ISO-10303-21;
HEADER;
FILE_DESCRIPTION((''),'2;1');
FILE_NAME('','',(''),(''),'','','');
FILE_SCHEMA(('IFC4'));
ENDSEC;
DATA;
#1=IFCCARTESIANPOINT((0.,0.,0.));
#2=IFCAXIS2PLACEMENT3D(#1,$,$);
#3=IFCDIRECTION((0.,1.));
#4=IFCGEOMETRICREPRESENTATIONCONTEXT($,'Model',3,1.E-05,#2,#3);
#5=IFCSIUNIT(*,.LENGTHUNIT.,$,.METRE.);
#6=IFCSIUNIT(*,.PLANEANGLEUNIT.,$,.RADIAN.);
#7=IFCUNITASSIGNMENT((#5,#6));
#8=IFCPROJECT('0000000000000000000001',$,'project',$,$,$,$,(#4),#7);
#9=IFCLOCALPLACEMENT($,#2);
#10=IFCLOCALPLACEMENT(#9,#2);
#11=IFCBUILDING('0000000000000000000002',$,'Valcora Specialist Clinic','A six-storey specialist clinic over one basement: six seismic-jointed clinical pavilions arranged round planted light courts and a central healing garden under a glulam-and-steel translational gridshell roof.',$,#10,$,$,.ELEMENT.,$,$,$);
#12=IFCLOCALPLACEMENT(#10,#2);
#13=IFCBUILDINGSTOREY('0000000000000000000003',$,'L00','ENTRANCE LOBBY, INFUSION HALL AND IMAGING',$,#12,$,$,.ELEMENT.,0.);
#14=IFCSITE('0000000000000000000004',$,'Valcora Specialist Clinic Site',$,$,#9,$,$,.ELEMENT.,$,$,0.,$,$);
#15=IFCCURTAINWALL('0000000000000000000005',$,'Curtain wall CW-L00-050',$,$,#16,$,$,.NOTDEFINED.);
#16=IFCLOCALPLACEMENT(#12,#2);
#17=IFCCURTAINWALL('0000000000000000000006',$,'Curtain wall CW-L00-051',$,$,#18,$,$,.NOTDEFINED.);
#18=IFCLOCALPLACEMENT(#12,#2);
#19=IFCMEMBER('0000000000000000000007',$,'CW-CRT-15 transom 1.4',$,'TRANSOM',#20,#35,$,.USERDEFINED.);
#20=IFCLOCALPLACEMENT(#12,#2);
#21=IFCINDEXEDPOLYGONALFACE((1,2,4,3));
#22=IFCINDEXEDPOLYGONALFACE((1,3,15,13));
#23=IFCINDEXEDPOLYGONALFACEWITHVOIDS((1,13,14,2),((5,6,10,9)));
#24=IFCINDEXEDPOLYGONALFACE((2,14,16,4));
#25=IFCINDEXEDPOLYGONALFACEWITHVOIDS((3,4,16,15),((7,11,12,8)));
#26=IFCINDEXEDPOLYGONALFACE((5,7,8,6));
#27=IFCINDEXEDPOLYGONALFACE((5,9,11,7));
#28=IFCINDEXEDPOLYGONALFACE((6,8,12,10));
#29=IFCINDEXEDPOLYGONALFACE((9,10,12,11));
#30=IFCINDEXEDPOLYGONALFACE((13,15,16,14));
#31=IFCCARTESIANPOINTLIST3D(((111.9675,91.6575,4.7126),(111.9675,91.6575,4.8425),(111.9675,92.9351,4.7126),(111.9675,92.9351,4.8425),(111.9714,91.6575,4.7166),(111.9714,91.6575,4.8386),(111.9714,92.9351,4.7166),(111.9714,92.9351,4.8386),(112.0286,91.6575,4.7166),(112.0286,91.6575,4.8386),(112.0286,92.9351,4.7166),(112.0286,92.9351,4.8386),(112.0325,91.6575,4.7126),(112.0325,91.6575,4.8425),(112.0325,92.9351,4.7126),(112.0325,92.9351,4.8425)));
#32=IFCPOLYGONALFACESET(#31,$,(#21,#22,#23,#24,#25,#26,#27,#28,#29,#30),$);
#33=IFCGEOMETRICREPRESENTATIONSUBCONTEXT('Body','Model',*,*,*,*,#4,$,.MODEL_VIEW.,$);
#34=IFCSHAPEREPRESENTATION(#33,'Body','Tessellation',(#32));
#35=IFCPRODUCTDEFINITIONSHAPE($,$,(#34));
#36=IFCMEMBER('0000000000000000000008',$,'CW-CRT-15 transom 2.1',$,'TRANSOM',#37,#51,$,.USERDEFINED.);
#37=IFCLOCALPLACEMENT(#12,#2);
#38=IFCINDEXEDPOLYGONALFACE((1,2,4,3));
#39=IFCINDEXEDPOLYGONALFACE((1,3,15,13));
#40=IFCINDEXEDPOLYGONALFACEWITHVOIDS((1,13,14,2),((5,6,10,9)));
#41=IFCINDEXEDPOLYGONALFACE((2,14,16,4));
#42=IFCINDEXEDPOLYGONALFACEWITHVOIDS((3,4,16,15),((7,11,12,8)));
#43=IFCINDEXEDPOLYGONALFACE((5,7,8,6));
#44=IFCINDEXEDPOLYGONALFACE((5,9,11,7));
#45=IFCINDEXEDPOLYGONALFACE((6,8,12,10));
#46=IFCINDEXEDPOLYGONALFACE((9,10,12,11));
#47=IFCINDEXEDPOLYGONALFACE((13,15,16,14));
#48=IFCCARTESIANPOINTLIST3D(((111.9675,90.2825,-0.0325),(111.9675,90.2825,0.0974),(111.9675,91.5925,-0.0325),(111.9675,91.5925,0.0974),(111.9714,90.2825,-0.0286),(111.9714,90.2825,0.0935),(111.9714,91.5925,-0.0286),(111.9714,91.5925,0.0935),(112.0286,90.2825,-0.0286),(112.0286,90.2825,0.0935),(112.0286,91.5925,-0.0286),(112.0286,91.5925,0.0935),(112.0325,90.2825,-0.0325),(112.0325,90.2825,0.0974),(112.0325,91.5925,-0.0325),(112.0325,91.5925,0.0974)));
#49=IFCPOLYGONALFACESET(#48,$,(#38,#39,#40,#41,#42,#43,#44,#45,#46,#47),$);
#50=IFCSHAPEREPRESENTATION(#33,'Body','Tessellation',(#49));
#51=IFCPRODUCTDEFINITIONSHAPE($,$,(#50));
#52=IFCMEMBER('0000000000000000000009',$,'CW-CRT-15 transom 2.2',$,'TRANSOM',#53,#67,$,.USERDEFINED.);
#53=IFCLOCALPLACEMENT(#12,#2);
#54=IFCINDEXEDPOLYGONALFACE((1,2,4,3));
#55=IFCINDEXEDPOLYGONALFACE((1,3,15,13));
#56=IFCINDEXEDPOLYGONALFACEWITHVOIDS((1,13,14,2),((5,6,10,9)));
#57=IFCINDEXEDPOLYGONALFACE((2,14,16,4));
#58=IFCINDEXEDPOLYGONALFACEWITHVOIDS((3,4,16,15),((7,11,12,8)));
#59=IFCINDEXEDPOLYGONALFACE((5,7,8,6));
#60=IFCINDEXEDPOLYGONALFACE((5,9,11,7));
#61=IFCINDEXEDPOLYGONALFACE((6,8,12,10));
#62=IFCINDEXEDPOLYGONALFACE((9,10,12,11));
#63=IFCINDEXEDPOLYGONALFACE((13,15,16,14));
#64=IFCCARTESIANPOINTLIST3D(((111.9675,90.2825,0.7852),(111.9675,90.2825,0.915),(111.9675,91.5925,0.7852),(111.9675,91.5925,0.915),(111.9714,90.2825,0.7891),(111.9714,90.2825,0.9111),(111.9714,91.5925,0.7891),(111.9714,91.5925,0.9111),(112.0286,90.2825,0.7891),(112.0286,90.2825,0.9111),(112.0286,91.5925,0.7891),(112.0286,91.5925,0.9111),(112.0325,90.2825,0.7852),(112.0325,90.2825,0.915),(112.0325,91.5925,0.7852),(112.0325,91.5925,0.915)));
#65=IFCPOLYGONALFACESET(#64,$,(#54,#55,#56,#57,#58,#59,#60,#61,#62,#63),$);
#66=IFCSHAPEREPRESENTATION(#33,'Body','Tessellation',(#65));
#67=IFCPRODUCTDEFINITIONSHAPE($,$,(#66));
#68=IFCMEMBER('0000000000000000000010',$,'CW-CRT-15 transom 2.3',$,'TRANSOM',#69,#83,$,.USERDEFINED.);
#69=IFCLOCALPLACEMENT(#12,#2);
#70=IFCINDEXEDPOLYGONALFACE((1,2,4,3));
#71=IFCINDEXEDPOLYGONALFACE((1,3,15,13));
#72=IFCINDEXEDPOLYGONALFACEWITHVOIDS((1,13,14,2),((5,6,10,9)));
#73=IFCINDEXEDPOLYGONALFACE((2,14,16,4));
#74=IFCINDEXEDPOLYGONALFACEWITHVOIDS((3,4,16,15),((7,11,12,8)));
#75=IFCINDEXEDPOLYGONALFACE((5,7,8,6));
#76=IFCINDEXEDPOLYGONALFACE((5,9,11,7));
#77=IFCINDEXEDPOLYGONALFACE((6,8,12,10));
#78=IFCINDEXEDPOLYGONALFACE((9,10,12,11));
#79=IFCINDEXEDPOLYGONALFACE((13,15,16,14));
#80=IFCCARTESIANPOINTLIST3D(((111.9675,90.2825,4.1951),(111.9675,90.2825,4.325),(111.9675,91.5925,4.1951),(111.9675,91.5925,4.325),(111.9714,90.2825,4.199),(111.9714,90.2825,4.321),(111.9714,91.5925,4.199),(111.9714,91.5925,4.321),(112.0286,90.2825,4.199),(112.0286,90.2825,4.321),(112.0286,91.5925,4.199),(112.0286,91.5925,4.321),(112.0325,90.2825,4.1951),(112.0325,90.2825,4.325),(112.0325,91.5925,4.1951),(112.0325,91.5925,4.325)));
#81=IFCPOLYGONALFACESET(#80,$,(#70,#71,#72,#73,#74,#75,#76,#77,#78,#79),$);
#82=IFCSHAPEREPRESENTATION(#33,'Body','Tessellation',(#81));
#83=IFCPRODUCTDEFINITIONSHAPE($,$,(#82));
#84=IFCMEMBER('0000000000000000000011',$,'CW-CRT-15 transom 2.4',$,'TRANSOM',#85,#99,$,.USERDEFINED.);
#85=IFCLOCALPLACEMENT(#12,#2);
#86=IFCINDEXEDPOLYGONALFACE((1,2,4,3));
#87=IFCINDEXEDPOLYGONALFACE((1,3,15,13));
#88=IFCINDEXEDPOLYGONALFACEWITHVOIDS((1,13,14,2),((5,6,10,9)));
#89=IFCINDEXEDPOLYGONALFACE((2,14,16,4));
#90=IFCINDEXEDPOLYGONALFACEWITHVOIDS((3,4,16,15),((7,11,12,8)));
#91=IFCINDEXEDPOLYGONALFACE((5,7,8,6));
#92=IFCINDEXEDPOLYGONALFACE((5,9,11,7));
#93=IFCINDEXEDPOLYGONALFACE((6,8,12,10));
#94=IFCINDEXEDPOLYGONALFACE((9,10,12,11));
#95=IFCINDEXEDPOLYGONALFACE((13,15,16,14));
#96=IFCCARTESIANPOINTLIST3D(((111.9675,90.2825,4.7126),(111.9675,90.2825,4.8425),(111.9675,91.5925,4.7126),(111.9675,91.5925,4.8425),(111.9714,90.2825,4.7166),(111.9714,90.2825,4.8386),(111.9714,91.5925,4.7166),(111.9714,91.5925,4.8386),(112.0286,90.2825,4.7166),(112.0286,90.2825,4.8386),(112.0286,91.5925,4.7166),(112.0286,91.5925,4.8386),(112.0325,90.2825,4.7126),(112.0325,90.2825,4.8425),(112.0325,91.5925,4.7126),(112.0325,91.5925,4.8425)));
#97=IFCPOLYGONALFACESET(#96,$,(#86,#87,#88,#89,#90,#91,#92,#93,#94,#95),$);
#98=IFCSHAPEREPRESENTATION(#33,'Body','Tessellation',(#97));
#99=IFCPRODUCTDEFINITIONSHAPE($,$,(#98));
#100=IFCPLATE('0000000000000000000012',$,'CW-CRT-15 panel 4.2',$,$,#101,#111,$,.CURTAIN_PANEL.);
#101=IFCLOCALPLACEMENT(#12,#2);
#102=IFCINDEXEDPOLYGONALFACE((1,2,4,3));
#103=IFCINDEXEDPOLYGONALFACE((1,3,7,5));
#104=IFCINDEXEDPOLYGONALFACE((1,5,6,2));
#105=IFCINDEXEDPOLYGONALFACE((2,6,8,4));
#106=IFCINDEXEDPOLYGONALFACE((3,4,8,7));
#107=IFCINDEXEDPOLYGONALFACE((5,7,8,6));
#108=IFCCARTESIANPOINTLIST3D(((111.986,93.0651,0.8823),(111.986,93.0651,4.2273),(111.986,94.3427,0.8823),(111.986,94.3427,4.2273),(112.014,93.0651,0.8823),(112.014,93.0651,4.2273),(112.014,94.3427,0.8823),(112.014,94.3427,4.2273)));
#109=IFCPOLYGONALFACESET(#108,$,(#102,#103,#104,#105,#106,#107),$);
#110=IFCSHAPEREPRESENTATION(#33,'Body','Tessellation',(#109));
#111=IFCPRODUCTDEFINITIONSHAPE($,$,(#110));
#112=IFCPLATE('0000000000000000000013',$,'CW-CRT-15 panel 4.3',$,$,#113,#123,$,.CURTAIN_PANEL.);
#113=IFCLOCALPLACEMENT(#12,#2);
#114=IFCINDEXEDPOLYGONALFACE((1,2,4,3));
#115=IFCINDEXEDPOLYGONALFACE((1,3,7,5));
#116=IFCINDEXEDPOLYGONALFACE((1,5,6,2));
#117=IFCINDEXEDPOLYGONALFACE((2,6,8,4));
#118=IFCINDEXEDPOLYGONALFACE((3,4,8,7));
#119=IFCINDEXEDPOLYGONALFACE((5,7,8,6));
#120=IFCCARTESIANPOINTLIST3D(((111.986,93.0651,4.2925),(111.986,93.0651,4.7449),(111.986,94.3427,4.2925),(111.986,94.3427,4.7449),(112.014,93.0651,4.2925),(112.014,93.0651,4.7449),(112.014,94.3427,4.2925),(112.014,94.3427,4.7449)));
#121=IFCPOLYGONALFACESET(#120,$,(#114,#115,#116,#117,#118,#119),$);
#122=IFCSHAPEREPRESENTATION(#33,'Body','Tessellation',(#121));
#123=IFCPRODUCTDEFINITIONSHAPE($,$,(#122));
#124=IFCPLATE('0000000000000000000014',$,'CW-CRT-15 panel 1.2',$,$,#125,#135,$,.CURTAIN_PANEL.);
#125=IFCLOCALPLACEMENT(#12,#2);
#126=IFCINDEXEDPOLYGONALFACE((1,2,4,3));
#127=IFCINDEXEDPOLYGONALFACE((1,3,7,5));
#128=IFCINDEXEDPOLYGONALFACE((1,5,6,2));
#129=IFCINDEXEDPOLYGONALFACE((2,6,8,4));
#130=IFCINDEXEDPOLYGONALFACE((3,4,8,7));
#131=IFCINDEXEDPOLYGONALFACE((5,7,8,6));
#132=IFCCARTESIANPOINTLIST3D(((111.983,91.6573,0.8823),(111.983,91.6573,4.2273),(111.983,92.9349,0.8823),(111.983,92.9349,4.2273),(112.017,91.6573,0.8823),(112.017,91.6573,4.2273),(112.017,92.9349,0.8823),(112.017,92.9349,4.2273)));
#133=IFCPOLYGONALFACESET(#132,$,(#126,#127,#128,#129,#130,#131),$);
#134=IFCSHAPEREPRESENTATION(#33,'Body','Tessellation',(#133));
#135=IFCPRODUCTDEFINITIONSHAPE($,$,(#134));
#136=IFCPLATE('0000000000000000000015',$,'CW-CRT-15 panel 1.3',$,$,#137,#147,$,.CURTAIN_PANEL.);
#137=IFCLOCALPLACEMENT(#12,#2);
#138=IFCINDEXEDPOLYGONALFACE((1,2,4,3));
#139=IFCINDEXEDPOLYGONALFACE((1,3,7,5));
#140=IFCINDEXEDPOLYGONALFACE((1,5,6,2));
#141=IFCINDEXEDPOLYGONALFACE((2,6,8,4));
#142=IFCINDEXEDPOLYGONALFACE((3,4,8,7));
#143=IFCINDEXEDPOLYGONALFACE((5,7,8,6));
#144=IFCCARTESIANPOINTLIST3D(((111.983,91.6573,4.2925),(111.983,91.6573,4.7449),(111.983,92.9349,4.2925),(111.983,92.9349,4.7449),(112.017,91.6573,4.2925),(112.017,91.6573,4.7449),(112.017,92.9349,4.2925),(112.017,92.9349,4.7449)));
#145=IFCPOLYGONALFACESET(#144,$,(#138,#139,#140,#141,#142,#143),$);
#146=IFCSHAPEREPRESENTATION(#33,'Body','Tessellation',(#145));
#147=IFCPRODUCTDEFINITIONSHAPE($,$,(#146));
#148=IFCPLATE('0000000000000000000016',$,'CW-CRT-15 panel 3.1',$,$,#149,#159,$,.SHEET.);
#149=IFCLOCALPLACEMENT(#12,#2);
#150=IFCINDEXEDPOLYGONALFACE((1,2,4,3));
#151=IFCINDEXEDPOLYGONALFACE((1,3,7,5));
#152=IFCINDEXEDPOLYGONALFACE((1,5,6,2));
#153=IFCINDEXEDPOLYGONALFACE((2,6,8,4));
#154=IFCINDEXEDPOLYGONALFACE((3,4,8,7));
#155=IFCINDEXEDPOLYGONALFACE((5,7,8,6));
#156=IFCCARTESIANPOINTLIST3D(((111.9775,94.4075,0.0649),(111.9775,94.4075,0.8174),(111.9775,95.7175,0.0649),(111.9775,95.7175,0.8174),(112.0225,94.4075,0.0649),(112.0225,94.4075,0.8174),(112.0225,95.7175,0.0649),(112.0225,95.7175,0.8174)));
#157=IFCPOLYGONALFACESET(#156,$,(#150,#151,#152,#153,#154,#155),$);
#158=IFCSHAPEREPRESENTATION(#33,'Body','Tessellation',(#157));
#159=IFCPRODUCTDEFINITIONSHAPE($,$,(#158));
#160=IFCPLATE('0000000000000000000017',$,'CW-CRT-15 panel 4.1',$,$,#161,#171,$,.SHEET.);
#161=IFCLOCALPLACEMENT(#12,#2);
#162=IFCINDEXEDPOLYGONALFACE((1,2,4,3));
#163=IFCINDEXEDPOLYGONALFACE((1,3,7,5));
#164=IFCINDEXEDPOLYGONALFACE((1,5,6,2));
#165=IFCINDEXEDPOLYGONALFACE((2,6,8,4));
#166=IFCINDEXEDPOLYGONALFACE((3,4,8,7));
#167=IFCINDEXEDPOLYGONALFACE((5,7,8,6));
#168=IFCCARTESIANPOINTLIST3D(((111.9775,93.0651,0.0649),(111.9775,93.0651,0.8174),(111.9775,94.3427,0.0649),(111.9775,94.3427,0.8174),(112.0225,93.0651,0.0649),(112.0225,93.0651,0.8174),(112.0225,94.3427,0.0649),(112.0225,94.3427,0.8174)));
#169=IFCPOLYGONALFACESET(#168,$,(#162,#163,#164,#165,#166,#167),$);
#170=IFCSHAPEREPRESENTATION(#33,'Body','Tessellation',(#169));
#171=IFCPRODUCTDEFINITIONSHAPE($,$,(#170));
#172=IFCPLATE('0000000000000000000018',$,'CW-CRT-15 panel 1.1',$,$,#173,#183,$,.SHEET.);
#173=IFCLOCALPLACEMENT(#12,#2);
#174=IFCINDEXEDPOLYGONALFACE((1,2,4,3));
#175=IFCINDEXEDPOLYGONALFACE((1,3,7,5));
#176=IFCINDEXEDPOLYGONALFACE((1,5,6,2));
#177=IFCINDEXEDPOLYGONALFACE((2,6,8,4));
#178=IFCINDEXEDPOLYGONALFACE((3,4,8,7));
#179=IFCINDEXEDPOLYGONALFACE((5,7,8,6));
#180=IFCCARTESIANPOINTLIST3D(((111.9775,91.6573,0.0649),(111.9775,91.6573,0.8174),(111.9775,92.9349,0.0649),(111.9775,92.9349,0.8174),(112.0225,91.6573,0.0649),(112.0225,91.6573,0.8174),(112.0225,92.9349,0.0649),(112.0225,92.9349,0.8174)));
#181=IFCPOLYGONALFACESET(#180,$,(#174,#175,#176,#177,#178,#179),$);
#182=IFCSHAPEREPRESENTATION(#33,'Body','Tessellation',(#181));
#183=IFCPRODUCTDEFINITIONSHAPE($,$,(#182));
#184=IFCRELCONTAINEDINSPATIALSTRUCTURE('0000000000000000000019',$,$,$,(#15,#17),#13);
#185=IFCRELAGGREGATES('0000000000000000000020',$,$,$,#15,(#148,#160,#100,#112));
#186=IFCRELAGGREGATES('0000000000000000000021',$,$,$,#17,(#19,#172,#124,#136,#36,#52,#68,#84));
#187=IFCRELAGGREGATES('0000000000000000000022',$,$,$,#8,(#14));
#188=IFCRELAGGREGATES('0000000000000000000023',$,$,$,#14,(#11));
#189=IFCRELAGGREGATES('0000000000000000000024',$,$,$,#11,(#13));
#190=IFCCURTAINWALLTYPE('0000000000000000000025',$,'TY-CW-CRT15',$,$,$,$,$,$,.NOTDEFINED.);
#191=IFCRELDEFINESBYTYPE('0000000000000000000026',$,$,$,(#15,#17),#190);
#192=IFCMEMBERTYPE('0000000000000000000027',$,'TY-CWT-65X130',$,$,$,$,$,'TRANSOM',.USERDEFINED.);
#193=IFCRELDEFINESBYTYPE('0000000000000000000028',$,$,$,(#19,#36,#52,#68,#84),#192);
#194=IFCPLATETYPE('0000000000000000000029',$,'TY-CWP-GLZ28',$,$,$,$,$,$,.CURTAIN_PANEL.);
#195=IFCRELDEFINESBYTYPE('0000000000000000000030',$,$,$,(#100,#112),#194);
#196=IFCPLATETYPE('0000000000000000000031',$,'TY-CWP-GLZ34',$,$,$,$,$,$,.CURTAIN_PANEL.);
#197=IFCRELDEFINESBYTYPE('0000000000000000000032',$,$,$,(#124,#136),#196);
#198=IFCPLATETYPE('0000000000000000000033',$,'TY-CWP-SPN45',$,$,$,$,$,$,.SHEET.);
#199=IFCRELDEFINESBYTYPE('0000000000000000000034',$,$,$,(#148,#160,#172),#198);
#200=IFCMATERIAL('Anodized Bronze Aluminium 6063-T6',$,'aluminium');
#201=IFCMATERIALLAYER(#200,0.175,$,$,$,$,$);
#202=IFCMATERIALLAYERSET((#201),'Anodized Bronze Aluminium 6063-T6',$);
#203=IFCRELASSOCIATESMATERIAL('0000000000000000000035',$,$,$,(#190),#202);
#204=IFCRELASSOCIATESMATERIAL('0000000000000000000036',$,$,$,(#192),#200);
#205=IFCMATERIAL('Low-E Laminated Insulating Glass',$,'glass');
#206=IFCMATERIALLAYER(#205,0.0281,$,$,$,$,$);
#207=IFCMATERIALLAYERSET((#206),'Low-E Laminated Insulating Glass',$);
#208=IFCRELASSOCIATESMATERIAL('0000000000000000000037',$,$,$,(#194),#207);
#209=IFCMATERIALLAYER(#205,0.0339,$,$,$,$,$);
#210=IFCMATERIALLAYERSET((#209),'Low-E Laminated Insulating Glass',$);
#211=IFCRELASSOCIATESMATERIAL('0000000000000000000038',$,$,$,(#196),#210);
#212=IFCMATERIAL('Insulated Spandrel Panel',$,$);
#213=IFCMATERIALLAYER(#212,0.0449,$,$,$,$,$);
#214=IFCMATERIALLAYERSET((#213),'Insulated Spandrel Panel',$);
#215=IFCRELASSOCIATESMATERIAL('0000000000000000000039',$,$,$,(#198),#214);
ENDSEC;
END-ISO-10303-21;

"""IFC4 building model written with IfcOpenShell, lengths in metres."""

from ifc_helpers import new_model, si_unit, direction, frame, origin, origin_2d, place, context, subcontext, project, spatial, rectangle, hollow_rectangle, extrude, material, layer, layer_set, material_profile, profile_set, type_object, element, aggregate, save


model = new_model("IFC4")

# Units and contexts
model_context = context("Model", 3, precision=1e-05, world=origin(), true_north=direction((0.0, 1.0)))
body_context = subcontext(model_context, "Body", "Model", "MODEL_VIEW")
ifc_project = project(units=[si_unit("LENGTHUNIT", "METRE"), si_unit("PLANEANGLEUNIT", "RADIAN")], contexts=[model_context])

# Site, building, storey
site_placement = place(None, origin())
site = spatial("IfcSite", under=ifc_project, at=site_placement, Name="Valcora Specialist Clinic Site", CompositionType="ELEMENT", RefElevation=0.0)
building_placement = place(site_placement, origin())
building = spatial("IfcBuilding", under=site, at=building_placement, Name="Valcora Specialist Clinic", Description="A six-storey specialist clinic over one basement: six seismic-jointed clinical pavilions arranged round planted light courts and a central healing garden under a glulam-and-steel translational gridshell roof.", CompositionType="ELEMENT")
storey_placement = place(building_placement, origin())
storey = spatial("IfcBuildingStorey", under=building, at=storey_placement, Name="L00", Description="ENTRANCE LOBBY, INFUSION HALL AND IMAGING", CompositionType="ELEMENT", Elevation=0.0)

# Curtain walls
ifc_material_1 = material(Name="Anodized Bronze Aluminium 6063-T6", Category="aluminium")
ifc_layer_1 = layer(ifc_material_1, 0.175)
ifc_layer_set_1 = layer_set([ifc_layer_1], Name="Anodized Bronze Aluminium 6063-T6")
curtain_wall_type = type_object("IfcCurtainWallType", Name="TY-CW-CRT15", PredefinedType="NOTDEFINED", material=ifc_layer_set_1)
curtain_wall_1_placement = place(storey_placement, origin())
curtain_wall_1 = element("IfcCurtainWall", 1, at=curtain_wall_1_placement, inside=storey, type_object=curtain_wall_type, Name="Curtain wall CW-L00-050", PredefinedType="NOTDEFINED")
curtain_wall_2_placement = place(storey_placement, origin())
curtain_wall_2 = element("IfcCurtainWall", 2, at=curtain_wall_2_placement, inside=storey, type_object=curtain_wall_type, Name="Curtain wall CW-L00-051", PredefinedType="NOTDEFINED")

# Members
ifc_material_profile_1 = material_profile(ifc_material_1, hollow_rectangle(XDim=0.0649, YDim=0.1299, WallThickness=0.0039, at=origin_2d()), Name="AL-TRN-65X130")
ifc_profile_set_1 = profile_set([ifc_material_profile_1], Name="Anodized Bronze Aluminium 6063-T6")
member_type_1 = type_object("IfcMemberType", Name="TY-CWT-65X130", ElementType="TRANSOM", PredefinedType="USERDEFINED", material=ifc_profile_set_1)
member_1_placement = place(storey_placement, frame((112.0, 92.9351, 4.7776), z_axis=(0.0, -1.0, 0.0), x_axis=(1.0, 0.0, 0.0)))
member_1 = element("IfcMember", 3, at=member_1_placement, type_object=member_type_1, Name="CW-CRT-15 transom 1.4", ObjectType="TRANSOM", PredefinedType="USERDEFINED", context=body_context, shape_type="SweptSolid", body=[
    extrude(hollow_rectangle(XDim=0.0649, YDim=0.1299, WallThickness=0.0039, at=origin_2d()), origin(), (0.0, 0.0, 1.0), 1.2776),
])
member_2_placement = place(storey_placement, frame((112.0, 91.5925, 0.0325), z_axis=(0.0, -1.0, 0.0), x_axis=(1.0, 0.0, 0.0)))
member_2 = element("IfcMember", 4, at=member_2_placement, type_object=member_type_1, Name="CW-CRT-15 transom 2.1", ObjectType="TRANSOM", PredefinedType="USERDEFINED", context=body_context, shape_type="SweptSolid", body=[
    extrude(hollow_rectangle(XDim=0.0649, YDim=0.1299, WallThickness=0.0039, at=origin_2d()), origin(), (0.0, 0.0, 1.0), 1.3101),
])
member_3_placement = place(storey_placement, frame((112.0, 91.5925, 0.8501), z_axis=(0.0, -1.0, 0.0), x_axis=(1.0, 0.0, 0.0)))
member_3 = element("IfcMember", 5, at=member_3_placement, type_object=member_type_1, Name="CW-CRT-15 transom 2.2", ObjectType="TRANSOM", PredefinedType="USERDEFINED", context=body_context, shape_type="SweptSolid", body=[
    extrude(hollow_rectangle(XDim=0.0649, YDim=0.1299, WallThickness=0.0039, at=origin_2d()), origin(), (0.0, 0.0, 1.0), 1.3101),
])
member_4_placement = place(storey_placement, frame((112.0, 91.5925, 4.26), z_axis=(0.0, -1.0, 0.0), x_axis=(1.0, 0.0, 0.0)))
member_4 = element("IfcMember", 6, at=member_4_placement, type_object=member_type_1, Name="CW-CRT-15 transom 2.3", ObjectType="TRANSOM", PredefinedType="USERDEFINED", context=body_context, shape_type="SweptSolid", body=[
    extrude(hollow_rectangle(XDim=0.0649, YDim=0.1299, WallThickness=0.0039, at=origin_2d()), origin(), (0.0, 0.0, 1.0), 1.3101),
])
member_5_placement = place(storey_placement, frame((112.0, 91.5925, 4.7776), z_axis=(0.0, -1.0, 0.0), x_axis=(1.0, 0.0, 0.0)))
member_5 = element("IfcMember", 7, at=member_5_placement, type_object=member_type_1, Name="CW-CRT-15 transom 2.4", ObjectType="TRANSOM", PredefinedType="USERDEFINED", context=body_context, shape_type="SweptSolid", body=[
    extrude(hollow_rectangle(XDim=0.0649, YDim=0.1299, WallThickness=0.0039, at=origin_2d()), origin(), (0.0, 0.0, 1.0), 1.3101),
])

# Plates
ifc_material_2 = material(Name="Low-E Laminated Insulating Glass", Category="glass")
ifc_layer_2 = layer(ifc_material_2, 0.0281)
ifc_layer_set_2 = layer_set([ifc_layer_2], Name="Low-E Laminated Insulating Glass")
plate_type_1 = type_object("IfcPlateType", Name="TY-CWP-GLZ28", PredefinedType="CURTAIN_PANEL", material=ifc_layer_set_2)
plate_1_placement = place(storey_placement, frame((112.0, 93.7039, 0.8823), z_axis=(0.0, 0.0, 1.0), x_axis=(0.0, -1.0, 0.0)))
plate_1 = element("IfcPlate", 8, at=plate_1_placement, type_object=plate_type_1, Name="CW-CRT-15 panel 4.2", PredefinedType="CURTAIN_PANEL", context=body_context, shape_type="SweptSolid", body=[
    extrude(rectangle(XDim=1.2776, YDim=0.0281, at=origin_2d()), origin(), (0.0, 0.0, 1.0), 3.345),
])
plate_2_placement = place(storey_placement, frame((112.0, 93.7039, 4.2925), z_axis=(0.0, 0.0, 1.0), x_axis=(0.0, -1.0, 0.0)))
plate_2 = element("IfcPlate", 9, at=plate_2_placement, type_object=plate_type_1, Name="CW-CRT-15 panel 4.3", PredefinedType="CURTAIN_PANEL", context=body_context, shape_type="SweptSolid", body=[
    extrude(rectangle(XDim=1.2776, YDim=0.0281, at=origin_2d()), origin(), (0.0, 0.0, 1.0), 0.4524),
])
ifc_layer_3 = layer(ifc_material_2, 0.0339)
ifc_layer_set_3 = layer_set([ifc_layer_3], Name="Low-E Laminated Insulating Glass")
plate_type_2 = type_object("IfcPlateType", Name="TY-CWP-GLZ34", PredefinedType="CURTAIN_PANEL", material=ifc_layer_set_3)
plate_3_placement = place(storey_placement, frame((112.0, 92.2961, 0.8823), z_axis=(0.0, 0.0, 1.0), x_axis=(0.0, -1.0, 0.0)))
plate_3 = element("IfcPlate", 10, at=plate_3_placement, type_object=plate_type_2, Name="CW-CRT-15 panel 1.2", PredefinedType="CURTAIN_PANEL", context=body_context, shape_type="SweptSolid", body=[
    extrude(rectangle(XDim=1.2776, YDim=0.0339, at=origin_2d()), origin(), (0.0, 0.0, 1.0), 3.345),
])
plate_4_placement = place(storey_placement, frame((112.0, 92.2961, 4.2925), z_axis=(0.0, 0.0, 1.0), x_axis=(0.0, -1.0, 0.0)))
plate_4 = element("IfcPlate", 11, at=plate_4_placement, type_object=plate_type_2, Name="CW-CRT-15 panel 1.3", PredefinedType="CURTAIN_PANEL", context=body_context, shape_type="SweptSolid", body=[
    extrude(rectangle(XDim=1.2776, YDim=0.0339, at=origin_2d()), origin(), (0.0, 0.0, 1.0), 0.4524),
])
ifc_material_3 = material(Name="Insulated Spandrel Panel")
ifc_layer_4 = layer(ifc_material_3, 0.0449)
ifc_layer_set_4 = layer_set([ifc_layer_4], Name="Insulated Spandrel Panel")
plate_type_3 = type_object("IfcPlateType", Name="TY-CWP-SPN45", PredefinedType="SHEET", material=ifc_layer_set_4)
plate_5_placement = place(storey_placement, frame((112.0, 95.0625, 0.0649), z_axis=(0.0, 0.0, 1.0), x_axis=(0.0, -1.0, 0.0)))
plate_5 = element("IfcPlate", 12, at=plate_5_placement, type_object=plate_type_3, Name="CW-CRT-15 panel 3.1", PredefinedType="SHEET", context=body_context, shape_type="SweptSolid", body=[
    extrude(rectangle(XDim=1.3101, YDim=0.0449, at=origin_2d()), origin(), (0.0, 0.0, 1.0), 0.7524),
])
plate_6_placement = place(storey_placement, frame((112.0, 93.7039, 0.0649), z_axis=(0.0, 0.0, 1.0), x_axis=(0.0, -1.0, 0.0)))
plate_6 = element("IfcPlate", 13, at=plate_6_placement, type_object=plate_type_3, Name="CW-CRT-15 panel 4.1", PredefinedType="SHEET", context=body_context, shape_type="SweptSolid", body=[
    extrude(rectangle(XDim=1.2776, YDim=0.0449, at=origin_2d()), origin(), (0.0, 0.0, 1.0), 0.7524),
])
aggregate(curtain_wall_1, [plate_5, plate_6, plate_1, plate_2])
plate_7_placement = place(storey_placement, frame((112.0, 92.2961, 0.0649), z_axis=(0.0, 0.0, 1.0), x_axis=(0.0, -1.0, 0.0)))
plate_7 = element("IfcPlate", 14, at=plate_7_placement, type_object=plate_type_3, Name="CW-CRT-15 panel 1.1", PredefinedType="SHEET", context=body_context, shape_type="SweptSolid", body=[
    extrude(rectangle(XDim=1.2776, YDim=0.0449, at=origin_2d()), origin(), (0.0, 0.0, 1.0), 0.7524),
])
aggregate(curtain_wall_2, [member_1, plate_7, plate_3, plate_4, member_2, member_3, member_4, member_5])

save(model, "model.ifc")
